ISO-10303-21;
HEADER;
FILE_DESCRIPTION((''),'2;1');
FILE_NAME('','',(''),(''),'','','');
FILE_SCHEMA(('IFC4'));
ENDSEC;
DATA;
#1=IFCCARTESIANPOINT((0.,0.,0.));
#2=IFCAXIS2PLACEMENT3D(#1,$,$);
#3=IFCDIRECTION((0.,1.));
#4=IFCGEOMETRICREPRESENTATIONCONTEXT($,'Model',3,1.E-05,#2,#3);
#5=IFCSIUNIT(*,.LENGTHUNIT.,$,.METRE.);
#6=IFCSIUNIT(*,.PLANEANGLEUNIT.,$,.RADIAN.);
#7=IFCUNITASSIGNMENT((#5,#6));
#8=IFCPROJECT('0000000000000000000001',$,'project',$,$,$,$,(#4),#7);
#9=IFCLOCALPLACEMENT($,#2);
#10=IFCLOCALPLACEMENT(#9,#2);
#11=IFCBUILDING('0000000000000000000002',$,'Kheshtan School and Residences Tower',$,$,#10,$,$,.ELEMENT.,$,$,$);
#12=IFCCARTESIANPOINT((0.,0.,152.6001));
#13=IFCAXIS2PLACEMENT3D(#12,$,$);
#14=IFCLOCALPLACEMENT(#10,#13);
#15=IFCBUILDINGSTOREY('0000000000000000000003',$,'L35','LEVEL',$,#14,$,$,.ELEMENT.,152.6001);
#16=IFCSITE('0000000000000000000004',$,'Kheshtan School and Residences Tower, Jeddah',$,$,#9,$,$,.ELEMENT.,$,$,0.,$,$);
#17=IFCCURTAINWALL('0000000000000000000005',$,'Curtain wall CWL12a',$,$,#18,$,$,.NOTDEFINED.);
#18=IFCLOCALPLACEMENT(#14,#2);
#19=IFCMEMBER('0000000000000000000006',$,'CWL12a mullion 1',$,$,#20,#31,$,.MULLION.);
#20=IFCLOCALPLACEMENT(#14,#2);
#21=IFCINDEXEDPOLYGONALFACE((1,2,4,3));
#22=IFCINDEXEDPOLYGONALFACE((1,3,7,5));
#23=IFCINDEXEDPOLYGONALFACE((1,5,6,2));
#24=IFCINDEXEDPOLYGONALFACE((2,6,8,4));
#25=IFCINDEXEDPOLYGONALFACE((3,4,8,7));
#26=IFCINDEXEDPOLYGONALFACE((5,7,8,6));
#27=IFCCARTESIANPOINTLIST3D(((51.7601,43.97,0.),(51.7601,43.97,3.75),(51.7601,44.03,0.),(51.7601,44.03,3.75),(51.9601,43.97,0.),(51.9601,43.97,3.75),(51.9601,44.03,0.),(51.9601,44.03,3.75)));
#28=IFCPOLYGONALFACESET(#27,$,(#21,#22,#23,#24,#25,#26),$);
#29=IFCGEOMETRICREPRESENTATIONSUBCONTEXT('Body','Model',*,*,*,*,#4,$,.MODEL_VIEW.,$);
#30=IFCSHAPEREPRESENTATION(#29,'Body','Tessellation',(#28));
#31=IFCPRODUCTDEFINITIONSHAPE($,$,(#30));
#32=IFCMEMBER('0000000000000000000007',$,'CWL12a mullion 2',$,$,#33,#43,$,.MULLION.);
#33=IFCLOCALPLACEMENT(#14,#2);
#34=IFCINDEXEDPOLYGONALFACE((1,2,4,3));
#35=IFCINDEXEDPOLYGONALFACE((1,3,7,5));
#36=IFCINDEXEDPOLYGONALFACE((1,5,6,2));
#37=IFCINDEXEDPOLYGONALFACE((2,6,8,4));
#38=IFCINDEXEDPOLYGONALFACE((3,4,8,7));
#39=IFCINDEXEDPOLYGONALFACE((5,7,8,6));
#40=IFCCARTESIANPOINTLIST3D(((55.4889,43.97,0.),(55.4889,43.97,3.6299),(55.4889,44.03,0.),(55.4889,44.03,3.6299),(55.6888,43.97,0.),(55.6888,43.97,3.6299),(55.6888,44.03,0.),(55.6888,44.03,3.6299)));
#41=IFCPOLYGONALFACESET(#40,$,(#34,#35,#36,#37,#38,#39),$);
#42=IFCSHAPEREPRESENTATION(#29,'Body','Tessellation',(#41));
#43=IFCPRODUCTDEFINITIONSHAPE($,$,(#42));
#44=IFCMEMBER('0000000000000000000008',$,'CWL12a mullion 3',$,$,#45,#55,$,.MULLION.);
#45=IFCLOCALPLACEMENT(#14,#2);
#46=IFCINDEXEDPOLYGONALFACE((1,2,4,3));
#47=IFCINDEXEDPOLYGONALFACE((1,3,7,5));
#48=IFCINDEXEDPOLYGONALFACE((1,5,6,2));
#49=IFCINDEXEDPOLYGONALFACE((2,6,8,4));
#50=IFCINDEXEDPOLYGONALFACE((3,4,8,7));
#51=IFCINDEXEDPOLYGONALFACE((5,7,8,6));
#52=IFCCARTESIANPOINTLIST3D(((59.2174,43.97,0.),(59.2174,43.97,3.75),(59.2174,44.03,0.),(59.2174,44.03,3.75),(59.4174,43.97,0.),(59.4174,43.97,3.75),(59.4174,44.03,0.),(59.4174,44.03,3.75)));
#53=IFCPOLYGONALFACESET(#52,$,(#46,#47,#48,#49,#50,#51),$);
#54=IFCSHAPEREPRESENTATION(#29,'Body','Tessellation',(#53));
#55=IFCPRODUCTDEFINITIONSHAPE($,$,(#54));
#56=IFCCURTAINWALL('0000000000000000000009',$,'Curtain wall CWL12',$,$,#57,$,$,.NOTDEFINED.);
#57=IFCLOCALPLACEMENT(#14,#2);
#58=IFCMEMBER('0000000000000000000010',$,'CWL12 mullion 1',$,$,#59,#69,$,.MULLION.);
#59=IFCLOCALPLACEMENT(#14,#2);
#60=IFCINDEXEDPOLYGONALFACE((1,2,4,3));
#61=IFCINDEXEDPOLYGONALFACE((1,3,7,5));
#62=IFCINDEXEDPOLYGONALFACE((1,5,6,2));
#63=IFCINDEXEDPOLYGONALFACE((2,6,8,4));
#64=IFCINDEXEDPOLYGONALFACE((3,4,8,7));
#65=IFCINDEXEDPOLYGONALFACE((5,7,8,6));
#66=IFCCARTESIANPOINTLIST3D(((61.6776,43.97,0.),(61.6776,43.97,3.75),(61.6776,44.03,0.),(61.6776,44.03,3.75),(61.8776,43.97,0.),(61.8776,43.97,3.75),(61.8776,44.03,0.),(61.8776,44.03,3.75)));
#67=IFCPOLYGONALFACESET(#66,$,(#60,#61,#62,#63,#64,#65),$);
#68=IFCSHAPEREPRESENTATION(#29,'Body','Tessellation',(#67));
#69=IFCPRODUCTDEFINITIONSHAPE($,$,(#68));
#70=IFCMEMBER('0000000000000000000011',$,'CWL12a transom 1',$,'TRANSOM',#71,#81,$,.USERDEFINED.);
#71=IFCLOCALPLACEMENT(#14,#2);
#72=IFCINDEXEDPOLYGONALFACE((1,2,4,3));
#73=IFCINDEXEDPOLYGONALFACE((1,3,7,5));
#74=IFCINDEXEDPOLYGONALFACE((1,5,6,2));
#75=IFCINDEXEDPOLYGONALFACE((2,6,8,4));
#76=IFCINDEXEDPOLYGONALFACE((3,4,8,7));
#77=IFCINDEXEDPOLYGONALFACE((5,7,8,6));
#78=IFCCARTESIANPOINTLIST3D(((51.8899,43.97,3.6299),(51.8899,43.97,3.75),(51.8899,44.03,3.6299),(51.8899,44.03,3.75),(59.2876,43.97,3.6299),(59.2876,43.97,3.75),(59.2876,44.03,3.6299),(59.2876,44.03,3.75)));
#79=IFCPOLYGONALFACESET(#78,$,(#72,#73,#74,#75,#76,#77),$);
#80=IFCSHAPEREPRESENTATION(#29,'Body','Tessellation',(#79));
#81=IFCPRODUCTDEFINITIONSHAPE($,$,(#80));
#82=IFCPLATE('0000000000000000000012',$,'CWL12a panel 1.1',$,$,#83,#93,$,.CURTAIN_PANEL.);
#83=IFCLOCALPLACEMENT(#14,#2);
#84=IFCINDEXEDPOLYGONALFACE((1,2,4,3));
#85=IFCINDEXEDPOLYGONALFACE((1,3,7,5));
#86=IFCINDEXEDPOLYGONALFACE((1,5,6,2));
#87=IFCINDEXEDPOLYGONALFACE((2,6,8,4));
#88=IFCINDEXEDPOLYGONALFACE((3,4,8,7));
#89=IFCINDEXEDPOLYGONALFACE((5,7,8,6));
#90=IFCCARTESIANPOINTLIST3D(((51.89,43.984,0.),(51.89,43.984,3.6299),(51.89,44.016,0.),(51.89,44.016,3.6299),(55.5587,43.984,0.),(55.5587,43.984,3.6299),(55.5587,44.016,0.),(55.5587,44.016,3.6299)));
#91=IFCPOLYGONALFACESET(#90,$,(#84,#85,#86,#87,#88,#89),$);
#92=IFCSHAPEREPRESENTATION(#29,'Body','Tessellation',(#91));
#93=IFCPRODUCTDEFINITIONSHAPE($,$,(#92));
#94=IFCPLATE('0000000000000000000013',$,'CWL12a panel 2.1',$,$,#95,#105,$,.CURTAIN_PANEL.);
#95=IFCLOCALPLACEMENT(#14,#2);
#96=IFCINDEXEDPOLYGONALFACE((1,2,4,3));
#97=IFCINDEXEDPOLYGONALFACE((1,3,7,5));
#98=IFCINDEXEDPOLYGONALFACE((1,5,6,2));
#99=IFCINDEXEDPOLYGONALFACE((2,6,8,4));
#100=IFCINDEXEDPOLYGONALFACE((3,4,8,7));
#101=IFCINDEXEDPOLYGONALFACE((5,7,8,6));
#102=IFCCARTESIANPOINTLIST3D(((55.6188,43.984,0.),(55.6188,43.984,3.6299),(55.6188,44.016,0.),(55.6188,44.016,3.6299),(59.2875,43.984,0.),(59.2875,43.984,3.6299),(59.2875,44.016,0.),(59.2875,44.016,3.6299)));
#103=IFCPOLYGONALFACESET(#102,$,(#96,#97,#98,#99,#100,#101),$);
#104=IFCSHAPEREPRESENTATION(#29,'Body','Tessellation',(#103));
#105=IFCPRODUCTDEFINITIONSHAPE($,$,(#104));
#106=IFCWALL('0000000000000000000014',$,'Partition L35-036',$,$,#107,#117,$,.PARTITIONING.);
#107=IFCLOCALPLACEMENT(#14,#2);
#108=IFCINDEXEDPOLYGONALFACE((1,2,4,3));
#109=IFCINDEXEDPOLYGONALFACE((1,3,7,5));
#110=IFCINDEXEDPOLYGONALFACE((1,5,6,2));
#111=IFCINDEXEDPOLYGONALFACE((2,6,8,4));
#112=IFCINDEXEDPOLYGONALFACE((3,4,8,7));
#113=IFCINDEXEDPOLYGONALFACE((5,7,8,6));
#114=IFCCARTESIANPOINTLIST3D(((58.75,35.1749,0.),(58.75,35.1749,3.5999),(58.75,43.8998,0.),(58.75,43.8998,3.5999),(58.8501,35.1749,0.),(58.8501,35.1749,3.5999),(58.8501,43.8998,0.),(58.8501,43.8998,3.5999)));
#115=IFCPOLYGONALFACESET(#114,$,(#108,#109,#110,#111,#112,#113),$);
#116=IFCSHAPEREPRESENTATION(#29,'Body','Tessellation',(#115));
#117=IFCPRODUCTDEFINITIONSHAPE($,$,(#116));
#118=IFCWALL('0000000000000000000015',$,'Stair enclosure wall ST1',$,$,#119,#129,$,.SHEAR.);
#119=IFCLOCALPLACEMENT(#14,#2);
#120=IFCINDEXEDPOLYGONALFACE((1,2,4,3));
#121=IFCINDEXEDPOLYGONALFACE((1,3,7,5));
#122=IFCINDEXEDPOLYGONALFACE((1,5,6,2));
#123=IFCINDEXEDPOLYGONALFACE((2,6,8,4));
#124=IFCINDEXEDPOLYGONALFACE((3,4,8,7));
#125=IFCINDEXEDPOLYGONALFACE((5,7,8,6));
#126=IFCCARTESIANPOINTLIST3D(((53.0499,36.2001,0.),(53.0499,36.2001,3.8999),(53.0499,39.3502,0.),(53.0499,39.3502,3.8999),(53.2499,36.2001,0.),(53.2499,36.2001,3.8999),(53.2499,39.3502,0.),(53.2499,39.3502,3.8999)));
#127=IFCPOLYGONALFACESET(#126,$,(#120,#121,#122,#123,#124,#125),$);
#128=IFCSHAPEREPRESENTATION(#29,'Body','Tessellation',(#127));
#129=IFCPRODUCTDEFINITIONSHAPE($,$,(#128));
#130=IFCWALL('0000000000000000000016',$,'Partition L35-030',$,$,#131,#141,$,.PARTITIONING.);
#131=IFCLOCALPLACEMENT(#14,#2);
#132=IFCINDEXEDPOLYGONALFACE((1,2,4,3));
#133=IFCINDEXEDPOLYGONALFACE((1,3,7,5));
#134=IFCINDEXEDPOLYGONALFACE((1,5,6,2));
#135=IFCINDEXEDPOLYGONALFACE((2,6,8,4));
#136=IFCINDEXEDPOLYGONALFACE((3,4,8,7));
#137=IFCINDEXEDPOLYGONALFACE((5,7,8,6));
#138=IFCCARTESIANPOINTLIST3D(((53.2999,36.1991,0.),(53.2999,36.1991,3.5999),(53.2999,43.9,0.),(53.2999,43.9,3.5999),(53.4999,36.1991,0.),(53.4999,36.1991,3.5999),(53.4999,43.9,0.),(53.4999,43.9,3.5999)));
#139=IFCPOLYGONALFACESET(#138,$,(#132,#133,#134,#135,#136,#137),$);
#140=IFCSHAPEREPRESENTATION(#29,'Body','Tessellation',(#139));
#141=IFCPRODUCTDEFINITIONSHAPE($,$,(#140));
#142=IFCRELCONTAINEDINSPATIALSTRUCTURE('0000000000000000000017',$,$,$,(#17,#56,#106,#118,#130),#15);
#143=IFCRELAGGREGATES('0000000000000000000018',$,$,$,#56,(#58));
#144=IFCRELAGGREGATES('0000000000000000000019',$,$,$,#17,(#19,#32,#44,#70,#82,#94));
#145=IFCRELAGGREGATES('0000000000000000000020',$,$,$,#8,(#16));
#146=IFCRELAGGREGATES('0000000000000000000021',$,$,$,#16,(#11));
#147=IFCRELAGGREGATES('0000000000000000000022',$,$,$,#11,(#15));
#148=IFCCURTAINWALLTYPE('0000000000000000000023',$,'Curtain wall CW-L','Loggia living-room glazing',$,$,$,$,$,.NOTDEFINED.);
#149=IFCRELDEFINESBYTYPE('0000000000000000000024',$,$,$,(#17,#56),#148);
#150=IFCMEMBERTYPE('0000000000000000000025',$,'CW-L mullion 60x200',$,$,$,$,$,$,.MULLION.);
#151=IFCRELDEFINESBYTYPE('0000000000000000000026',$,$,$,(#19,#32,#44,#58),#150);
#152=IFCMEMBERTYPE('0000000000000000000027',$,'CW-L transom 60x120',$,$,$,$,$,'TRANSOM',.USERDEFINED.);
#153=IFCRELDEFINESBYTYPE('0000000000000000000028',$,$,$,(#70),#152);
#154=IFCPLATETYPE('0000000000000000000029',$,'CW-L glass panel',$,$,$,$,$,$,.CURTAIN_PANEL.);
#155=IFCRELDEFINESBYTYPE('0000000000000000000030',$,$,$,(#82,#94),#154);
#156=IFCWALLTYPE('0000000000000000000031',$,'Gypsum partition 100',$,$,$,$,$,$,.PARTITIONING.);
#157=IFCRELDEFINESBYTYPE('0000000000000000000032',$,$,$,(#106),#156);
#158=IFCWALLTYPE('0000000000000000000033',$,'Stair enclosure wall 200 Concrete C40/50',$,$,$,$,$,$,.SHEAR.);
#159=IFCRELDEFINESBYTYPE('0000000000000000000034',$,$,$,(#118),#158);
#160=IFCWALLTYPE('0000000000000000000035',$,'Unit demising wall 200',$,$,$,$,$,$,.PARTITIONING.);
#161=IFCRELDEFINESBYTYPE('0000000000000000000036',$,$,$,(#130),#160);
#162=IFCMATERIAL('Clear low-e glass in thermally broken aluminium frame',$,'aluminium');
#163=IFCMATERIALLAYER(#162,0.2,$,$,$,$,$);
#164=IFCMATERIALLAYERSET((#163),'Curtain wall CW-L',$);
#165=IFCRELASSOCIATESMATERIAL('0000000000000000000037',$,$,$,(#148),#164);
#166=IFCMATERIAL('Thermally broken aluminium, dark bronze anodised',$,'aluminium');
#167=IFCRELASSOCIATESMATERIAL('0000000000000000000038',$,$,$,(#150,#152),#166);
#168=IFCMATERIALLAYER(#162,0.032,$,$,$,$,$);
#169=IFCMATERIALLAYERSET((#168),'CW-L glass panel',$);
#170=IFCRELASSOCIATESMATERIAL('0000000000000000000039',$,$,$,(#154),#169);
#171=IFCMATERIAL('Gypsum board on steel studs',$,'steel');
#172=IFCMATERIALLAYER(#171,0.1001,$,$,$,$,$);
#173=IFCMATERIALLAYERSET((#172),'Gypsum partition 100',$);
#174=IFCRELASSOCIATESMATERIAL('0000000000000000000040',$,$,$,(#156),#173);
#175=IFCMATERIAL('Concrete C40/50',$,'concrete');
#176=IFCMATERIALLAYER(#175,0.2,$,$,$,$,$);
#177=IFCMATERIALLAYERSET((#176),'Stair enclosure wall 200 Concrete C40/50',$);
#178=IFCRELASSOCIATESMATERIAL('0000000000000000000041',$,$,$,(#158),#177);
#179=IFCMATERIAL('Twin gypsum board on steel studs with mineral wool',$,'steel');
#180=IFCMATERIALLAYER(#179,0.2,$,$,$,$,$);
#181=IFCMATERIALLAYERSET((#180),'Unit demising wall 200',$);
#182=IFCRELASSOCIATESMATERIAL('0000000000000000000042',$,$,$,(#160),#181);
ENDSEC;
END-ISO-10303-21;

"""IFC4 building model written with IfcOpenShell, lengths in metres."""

from ifc_helpers import new_model, si_unit, direction, frame, frame_2d, origin, origin_2d, place, context, subcontext, project, spatial, rectangle, extrude, material, layer, layer_set, material_profile, profile_set, type_object, element, aggregate, save


model = new_model("IFC4")

# Units and contexts
model_context = context("Model", 3, precision=1e-05, world=origin(), true_north=direction((0.0, 1.0)))
body_context = subcontext(model_context, "Body", "Model", "MODEL_VIEW")
ifc_project = project(units=[si_unit("LENGTHUNIT", "METRE"), si_unit("PLANEANGLEUNIT", "RADIAN")], contexts=[model_context])

# Site, building, storey
site_placement = place(None, origin())
site = spatial("IfcSite", under=ifc_project, at=site_placement, Name="Kheshtan School and Residences Tower, Jeddah", CompositionType="ELEMENT", RefElevation=0.0)
building_placement = place(site_placement, origin())
building = spatial("IfcBuilding", under=site, at=building_placement, Name="Kheshtan School and Residences Tower", CompositionType="ELEMENT")
storey_placement = place(building_placement, frame((0.0, 0.0, 152.6001)))
storey = spatial("IfcBuildingStorey", under=building, at=storey_placement, Name="L35", Description="LEVEL", CompositionType="ELEMENT", Elevation=152.6001)

# Curtain wall, members
ifc_material_1 = material(Name="Clear low-e glass in thermally broken aluminium frame", Category="aluminium")
ifc_layer_1 = layer(ifc_material_1, 0.2)
ifc_layer_set_1 = layer_set([ifc_layer_1], Name="Curtain wall CW-L")
curtain_wall_type = type_object("IfcCurtainWallType", Name="Curtain wall CW-L", Description="Loggia living-room glazing", PredefinedType="NOTDEFINED", material=ifc_layer_set_1)
curtain_wall_1_placement = place(storey_placement, origin())
curtain_wall_1 = element("IfcCurtainWall", 1, at=curtain_wall_1_placement, inside=storey, type_object=curtain_wall_type, Name="Curtain wall CWL12a", PredefinedType="NOTDEFINED")
ifc_material_2 = material(Name="Thermally broken aluminium, dark bronze anodised", Category="aluminium")
ifc_material_profile_1 = material_profile(ifc_material_2, rectangle(XDim=0.0601, YDim=0.2, at=origin_2d()), Name="CW-L mullion 60x200")
ifc_profile_set_1 = profile_set([ifc_material_profile_1], Name="Thermally broken aluminium, dark bronze anodised")
member_type_1 = type_object("IfcMemberType", Name="CW-L mullion 60x200", PredefinedType="MULLION", material=ifc_profile_set_1)
member_1_placement = place(storey_placement, frame((51.8601, 44.0, 0.0), z_axis=(0.0, 0.0, 1.0), x_axis=(0.0, 1.0, 0.0)))
member_1 = element("IfcMember", 2, at=member_1_placement, type_object=member_type_1, Name="CWL12a mullion 1", PredefinedType="MULLION", context=body_context, shape_type="SweptSolid", body=[
    extrude(rectangle(XDim=0.0601, YDim=0.2, at=origin_2d()), origin(), (0.0, 0.0, 1.0), 3.75),
])
member_2_placement = place(storey_placement, frame((55.5889, 44.0, 0.0), z_axis=(0.0, 0.0, 1.0), x_axis=(0.0, 1.0, 0.0)))
member_2 = element("IfcMember", 3, at=member_2_placement, type_object=member_type_1, Name="CWL12a mullion 2", PredefinedType="MULLION", context=body_context, shape_type="SweptSolid", body=[
    extrude(rectangle(XDim=0.0601, YDim=0.2, at=origin_2d()), origin(), (0.0, 0.0, 1.0), 3.6299),
])
member_3_placement = place(storey_placement, frame((59.3174, 44.0, 0.0), z_axis=(0.0, 0.0, 1.0), x_axis=(0.0, 1.0, 0.0)))
member_3 = element("IfcMember", 4, at=member_3_placement, type_object=member_type_1, Name="CWL12a mullion 3", PredefinedType="MULLION", context=body_context, shape_type="SweptSolid", body=[
    extrude(rectangle(XDim=0.0601, YDim=0.2, at=origin_2d()), origin(), (0.0, 0.0, 1.0), 3.75),
])

# Curtain wall, member
curtain_wall_2_placement = place(storey_placement, origin())
curtain_wall_2 = element("IfcCurtainWall", 5, at=curtain_wall_2_placement, inside=storey, type_object=curtain_wall_type, Name="Curtain wall CWL12", PredefinedType="NOTDEFINED")
member_4_placement = place(storey_placement, frame((61.7776, 44.0, 0.0), z_axis=(0.0, 0.0, 1.0), x_axis=(0.0, 1.0, 0.0)))
member_4 = element("IfcMember", 6, at=member_4_placement, type_object=member_type_1, Name="CWL12 mullion 1", PredefinedType="MULLION", context=body_context, shape_type="SweptSolid", body=[
    extrude(rectangle(XDim=0.0601, YDim=0.2, at=origin_2d()), origin(), (0.0, 0.0, 1.0), 3.75),
])
aggregate(curtain_wall_2, [member_4])

# Member
ifc_material_profile_2 = material_profile(ifc_material_2, rectangle(XDim=0.0601, YDim=0.1201, at=origin_2d()), Name="CW-L transom 60x120")
ifc_profile_set_2 = profile_set([ifc_material_profile_2], Name="Thermally broken aluminium, dark bronze anodised")
member_type_2 = type_object("IfcMemberType", Name="CW-L transom 60x120", ElementType="TRANSOM", PredefinedType="USERDEFINED", material=ifc_profile_set_2)
member_5_placement = place(storey_placement, frame((51.8899, 44.0, 3.6899), z_axis=(1.0, 0.0, 0.0), x_axis=(0.0, 1.0, 0.0)))
member_5 = element("IfcMember", 7, at=member_5_placement, type_object=member_type_2, Name="CWL12a transom 1", ObjectType="TRANSOM", PredefinedType="USERDEFINED", context=body_context, shape_type="SweptSolid", body=[
    extrude(rectangle(XDim=0.0601, YDim=0.1201, at=origin_2d()), origin(), (0.0, 0.0, 1.0), 7.3977),
])

# Plates
ifc_layer_2 = layer(ifc_material_1, 0.032)
ifc_layer_set_2 = layer_set([ifc_layer_2], Name="CW-L glass panel")
plate_type = type_object("IfcPlateType", Name="CW-L glass panel", PredefinedType="CURTAIN_PANEL", material=ifc_layer_set_2)
plate_1_placement = place(storey_placement, frame((53.7244, 44.0, 0.0), z_axis=(0.0, 0.0, 1.0), x_axis=(1.0, 0.0, 0.0)))
plate_1 = element("IfcPlate", 8, at=plate_1_placement, type_object=plate_type, Name="CWL12a panel 1.1", PredefinedType="CURTAIN_PANEL", context=body_context, shape_type="SweptSolid", body=[
    extrude(rectangle(XDim=3.6687, YDim=0.032, at=origin_2d()), origin(), (0.0, 0.0, 1.0), 3.6299),
])
plate_2_placement = place(storey_placement, frame((57.4531, 44.0, 0.0), z_axis=(0.0, 0.0, 1.0), x_axis=(1.0, 0.0, 0.0)))
plate_2 = element("IfcPlate", 9, at=plate_2_placement, type_object=plate_type, Name="CWL12a panel 2.1", PredefinedType="CURTAIN_PANEL", context=body_context, shape_type="SweptSolid", body=[
    extrude(rectangle(XDim=3.6687, YDim=0.032, at=origin_2d()), origin(), (0.0, 0.0, 1.0), 3.6299),
])
aggregate(curtain_wall_1, [member_1, member_2, member_3, member_5, plate_1, plate_2])

# Walls
ifc_material_3 = material(Name="Gypsum board on steel studs", Category="steel")
ifc_layer_3 = layer(ifc_material_3, 0.1001)
ifc_layer_set_3 = layer_set([ifc_layer_3], Name="Gypsum partition 100")
wall_type_1 = type_object("IfcWallType", Name="Gypsum partition 100", PredefinedType="PARTITIONING", material=ifc_layer_set_3)
wall_1_placement = place(storey_placement, frame((58.8, 35.175, 0.0), z_axis=(0.0, 0.0, 1.0), x_axis=(0.0, 1.0, 0.0)))
element("IfcWall", 10, at=wall_1_placement, inside=storey, type_object=wall_type_1, Name="Partition L35-036", PredefinedType="PARTITIONING", context=body_context, shape_type="SweptSolid", body=[
    extrude(rectangle(XDim=8.7249, YDim=0.1001, at=frame_2d((4.3623, 0.0))), origin(), (0.0, 0.0, 1.0), 3.5999),
])
ifc_material_4 = material(Name="Concrete C40/50", Category="concrete")
ifc_layer_4 = layer(ifc_material_4, 0.2)
ifc_layer_set_4 = layer_set([ifc_layer_4], Name="Stair enclosure wall 200 Concrete C40/50")
wall_type_2 = type_object("IfcWallType", Name="Stair enclosure wall 200 Concrete C40/50", PredefinedType="SHEAR", material=ifc_layer_set_4)
wall_2_placement = place(storey_placement, frame((53.1499, 36.2, 0.0), z_axis=(0.0, 0.0, 1.0), x_axis=(0.0, 1.0, 0.0)))
element("IfcWall", 11, at=wall_2_placement, inside=storey, type_object=wall_type_2, Name="Stair enclosure wall ST1", PredefinedType="SHEAR", context=body_context, shape_type="SweptSolid", body=[
    extrude(rectangle(XDim=3.1501, YDim=0.2, at=frame_2d((1.5752, 0.0))), origin(), (0.0, 0.0, 1.0), 3.8999),
])
ifc_material_5 = material(Name="Twin gypsum board on steel studs with mineral wool", Category="steel")
ifc_layer_5 = layer(ifc_material_5, 0.2)
ifc_layer_set_5 = layer_set([ifc_layer_5], Name="Unit demising wall 200")
wall_type_3 = type_object("IfcWallType", Name="Unit demising wall 200", PredefinedType="PARTITIONING", material=ifc_layer_set_5)
wall_3_placement = place(storey_placement, frame((53.3999, 36.199, 0.0), z_axis=(0.0, 0.0, 1.0), x_axis=(0.0, 1.0, 0.0)))
element("IfcWall", 12, at=wall_3_placement, inside=storey, type_object=wall_type_3, Name="Partition L35-030", PredefinedType="PARTITIONING", context=body_context, shape_type="SweptSolid", body=[
    extrude(rectangle(XDim=7.7009, YDim=0.2, at=frame_2d((3.8506, 0.0))), origin(), (0.0, 0.0, 1.0), 3.5999),
])

save(model, "model.ifc")
